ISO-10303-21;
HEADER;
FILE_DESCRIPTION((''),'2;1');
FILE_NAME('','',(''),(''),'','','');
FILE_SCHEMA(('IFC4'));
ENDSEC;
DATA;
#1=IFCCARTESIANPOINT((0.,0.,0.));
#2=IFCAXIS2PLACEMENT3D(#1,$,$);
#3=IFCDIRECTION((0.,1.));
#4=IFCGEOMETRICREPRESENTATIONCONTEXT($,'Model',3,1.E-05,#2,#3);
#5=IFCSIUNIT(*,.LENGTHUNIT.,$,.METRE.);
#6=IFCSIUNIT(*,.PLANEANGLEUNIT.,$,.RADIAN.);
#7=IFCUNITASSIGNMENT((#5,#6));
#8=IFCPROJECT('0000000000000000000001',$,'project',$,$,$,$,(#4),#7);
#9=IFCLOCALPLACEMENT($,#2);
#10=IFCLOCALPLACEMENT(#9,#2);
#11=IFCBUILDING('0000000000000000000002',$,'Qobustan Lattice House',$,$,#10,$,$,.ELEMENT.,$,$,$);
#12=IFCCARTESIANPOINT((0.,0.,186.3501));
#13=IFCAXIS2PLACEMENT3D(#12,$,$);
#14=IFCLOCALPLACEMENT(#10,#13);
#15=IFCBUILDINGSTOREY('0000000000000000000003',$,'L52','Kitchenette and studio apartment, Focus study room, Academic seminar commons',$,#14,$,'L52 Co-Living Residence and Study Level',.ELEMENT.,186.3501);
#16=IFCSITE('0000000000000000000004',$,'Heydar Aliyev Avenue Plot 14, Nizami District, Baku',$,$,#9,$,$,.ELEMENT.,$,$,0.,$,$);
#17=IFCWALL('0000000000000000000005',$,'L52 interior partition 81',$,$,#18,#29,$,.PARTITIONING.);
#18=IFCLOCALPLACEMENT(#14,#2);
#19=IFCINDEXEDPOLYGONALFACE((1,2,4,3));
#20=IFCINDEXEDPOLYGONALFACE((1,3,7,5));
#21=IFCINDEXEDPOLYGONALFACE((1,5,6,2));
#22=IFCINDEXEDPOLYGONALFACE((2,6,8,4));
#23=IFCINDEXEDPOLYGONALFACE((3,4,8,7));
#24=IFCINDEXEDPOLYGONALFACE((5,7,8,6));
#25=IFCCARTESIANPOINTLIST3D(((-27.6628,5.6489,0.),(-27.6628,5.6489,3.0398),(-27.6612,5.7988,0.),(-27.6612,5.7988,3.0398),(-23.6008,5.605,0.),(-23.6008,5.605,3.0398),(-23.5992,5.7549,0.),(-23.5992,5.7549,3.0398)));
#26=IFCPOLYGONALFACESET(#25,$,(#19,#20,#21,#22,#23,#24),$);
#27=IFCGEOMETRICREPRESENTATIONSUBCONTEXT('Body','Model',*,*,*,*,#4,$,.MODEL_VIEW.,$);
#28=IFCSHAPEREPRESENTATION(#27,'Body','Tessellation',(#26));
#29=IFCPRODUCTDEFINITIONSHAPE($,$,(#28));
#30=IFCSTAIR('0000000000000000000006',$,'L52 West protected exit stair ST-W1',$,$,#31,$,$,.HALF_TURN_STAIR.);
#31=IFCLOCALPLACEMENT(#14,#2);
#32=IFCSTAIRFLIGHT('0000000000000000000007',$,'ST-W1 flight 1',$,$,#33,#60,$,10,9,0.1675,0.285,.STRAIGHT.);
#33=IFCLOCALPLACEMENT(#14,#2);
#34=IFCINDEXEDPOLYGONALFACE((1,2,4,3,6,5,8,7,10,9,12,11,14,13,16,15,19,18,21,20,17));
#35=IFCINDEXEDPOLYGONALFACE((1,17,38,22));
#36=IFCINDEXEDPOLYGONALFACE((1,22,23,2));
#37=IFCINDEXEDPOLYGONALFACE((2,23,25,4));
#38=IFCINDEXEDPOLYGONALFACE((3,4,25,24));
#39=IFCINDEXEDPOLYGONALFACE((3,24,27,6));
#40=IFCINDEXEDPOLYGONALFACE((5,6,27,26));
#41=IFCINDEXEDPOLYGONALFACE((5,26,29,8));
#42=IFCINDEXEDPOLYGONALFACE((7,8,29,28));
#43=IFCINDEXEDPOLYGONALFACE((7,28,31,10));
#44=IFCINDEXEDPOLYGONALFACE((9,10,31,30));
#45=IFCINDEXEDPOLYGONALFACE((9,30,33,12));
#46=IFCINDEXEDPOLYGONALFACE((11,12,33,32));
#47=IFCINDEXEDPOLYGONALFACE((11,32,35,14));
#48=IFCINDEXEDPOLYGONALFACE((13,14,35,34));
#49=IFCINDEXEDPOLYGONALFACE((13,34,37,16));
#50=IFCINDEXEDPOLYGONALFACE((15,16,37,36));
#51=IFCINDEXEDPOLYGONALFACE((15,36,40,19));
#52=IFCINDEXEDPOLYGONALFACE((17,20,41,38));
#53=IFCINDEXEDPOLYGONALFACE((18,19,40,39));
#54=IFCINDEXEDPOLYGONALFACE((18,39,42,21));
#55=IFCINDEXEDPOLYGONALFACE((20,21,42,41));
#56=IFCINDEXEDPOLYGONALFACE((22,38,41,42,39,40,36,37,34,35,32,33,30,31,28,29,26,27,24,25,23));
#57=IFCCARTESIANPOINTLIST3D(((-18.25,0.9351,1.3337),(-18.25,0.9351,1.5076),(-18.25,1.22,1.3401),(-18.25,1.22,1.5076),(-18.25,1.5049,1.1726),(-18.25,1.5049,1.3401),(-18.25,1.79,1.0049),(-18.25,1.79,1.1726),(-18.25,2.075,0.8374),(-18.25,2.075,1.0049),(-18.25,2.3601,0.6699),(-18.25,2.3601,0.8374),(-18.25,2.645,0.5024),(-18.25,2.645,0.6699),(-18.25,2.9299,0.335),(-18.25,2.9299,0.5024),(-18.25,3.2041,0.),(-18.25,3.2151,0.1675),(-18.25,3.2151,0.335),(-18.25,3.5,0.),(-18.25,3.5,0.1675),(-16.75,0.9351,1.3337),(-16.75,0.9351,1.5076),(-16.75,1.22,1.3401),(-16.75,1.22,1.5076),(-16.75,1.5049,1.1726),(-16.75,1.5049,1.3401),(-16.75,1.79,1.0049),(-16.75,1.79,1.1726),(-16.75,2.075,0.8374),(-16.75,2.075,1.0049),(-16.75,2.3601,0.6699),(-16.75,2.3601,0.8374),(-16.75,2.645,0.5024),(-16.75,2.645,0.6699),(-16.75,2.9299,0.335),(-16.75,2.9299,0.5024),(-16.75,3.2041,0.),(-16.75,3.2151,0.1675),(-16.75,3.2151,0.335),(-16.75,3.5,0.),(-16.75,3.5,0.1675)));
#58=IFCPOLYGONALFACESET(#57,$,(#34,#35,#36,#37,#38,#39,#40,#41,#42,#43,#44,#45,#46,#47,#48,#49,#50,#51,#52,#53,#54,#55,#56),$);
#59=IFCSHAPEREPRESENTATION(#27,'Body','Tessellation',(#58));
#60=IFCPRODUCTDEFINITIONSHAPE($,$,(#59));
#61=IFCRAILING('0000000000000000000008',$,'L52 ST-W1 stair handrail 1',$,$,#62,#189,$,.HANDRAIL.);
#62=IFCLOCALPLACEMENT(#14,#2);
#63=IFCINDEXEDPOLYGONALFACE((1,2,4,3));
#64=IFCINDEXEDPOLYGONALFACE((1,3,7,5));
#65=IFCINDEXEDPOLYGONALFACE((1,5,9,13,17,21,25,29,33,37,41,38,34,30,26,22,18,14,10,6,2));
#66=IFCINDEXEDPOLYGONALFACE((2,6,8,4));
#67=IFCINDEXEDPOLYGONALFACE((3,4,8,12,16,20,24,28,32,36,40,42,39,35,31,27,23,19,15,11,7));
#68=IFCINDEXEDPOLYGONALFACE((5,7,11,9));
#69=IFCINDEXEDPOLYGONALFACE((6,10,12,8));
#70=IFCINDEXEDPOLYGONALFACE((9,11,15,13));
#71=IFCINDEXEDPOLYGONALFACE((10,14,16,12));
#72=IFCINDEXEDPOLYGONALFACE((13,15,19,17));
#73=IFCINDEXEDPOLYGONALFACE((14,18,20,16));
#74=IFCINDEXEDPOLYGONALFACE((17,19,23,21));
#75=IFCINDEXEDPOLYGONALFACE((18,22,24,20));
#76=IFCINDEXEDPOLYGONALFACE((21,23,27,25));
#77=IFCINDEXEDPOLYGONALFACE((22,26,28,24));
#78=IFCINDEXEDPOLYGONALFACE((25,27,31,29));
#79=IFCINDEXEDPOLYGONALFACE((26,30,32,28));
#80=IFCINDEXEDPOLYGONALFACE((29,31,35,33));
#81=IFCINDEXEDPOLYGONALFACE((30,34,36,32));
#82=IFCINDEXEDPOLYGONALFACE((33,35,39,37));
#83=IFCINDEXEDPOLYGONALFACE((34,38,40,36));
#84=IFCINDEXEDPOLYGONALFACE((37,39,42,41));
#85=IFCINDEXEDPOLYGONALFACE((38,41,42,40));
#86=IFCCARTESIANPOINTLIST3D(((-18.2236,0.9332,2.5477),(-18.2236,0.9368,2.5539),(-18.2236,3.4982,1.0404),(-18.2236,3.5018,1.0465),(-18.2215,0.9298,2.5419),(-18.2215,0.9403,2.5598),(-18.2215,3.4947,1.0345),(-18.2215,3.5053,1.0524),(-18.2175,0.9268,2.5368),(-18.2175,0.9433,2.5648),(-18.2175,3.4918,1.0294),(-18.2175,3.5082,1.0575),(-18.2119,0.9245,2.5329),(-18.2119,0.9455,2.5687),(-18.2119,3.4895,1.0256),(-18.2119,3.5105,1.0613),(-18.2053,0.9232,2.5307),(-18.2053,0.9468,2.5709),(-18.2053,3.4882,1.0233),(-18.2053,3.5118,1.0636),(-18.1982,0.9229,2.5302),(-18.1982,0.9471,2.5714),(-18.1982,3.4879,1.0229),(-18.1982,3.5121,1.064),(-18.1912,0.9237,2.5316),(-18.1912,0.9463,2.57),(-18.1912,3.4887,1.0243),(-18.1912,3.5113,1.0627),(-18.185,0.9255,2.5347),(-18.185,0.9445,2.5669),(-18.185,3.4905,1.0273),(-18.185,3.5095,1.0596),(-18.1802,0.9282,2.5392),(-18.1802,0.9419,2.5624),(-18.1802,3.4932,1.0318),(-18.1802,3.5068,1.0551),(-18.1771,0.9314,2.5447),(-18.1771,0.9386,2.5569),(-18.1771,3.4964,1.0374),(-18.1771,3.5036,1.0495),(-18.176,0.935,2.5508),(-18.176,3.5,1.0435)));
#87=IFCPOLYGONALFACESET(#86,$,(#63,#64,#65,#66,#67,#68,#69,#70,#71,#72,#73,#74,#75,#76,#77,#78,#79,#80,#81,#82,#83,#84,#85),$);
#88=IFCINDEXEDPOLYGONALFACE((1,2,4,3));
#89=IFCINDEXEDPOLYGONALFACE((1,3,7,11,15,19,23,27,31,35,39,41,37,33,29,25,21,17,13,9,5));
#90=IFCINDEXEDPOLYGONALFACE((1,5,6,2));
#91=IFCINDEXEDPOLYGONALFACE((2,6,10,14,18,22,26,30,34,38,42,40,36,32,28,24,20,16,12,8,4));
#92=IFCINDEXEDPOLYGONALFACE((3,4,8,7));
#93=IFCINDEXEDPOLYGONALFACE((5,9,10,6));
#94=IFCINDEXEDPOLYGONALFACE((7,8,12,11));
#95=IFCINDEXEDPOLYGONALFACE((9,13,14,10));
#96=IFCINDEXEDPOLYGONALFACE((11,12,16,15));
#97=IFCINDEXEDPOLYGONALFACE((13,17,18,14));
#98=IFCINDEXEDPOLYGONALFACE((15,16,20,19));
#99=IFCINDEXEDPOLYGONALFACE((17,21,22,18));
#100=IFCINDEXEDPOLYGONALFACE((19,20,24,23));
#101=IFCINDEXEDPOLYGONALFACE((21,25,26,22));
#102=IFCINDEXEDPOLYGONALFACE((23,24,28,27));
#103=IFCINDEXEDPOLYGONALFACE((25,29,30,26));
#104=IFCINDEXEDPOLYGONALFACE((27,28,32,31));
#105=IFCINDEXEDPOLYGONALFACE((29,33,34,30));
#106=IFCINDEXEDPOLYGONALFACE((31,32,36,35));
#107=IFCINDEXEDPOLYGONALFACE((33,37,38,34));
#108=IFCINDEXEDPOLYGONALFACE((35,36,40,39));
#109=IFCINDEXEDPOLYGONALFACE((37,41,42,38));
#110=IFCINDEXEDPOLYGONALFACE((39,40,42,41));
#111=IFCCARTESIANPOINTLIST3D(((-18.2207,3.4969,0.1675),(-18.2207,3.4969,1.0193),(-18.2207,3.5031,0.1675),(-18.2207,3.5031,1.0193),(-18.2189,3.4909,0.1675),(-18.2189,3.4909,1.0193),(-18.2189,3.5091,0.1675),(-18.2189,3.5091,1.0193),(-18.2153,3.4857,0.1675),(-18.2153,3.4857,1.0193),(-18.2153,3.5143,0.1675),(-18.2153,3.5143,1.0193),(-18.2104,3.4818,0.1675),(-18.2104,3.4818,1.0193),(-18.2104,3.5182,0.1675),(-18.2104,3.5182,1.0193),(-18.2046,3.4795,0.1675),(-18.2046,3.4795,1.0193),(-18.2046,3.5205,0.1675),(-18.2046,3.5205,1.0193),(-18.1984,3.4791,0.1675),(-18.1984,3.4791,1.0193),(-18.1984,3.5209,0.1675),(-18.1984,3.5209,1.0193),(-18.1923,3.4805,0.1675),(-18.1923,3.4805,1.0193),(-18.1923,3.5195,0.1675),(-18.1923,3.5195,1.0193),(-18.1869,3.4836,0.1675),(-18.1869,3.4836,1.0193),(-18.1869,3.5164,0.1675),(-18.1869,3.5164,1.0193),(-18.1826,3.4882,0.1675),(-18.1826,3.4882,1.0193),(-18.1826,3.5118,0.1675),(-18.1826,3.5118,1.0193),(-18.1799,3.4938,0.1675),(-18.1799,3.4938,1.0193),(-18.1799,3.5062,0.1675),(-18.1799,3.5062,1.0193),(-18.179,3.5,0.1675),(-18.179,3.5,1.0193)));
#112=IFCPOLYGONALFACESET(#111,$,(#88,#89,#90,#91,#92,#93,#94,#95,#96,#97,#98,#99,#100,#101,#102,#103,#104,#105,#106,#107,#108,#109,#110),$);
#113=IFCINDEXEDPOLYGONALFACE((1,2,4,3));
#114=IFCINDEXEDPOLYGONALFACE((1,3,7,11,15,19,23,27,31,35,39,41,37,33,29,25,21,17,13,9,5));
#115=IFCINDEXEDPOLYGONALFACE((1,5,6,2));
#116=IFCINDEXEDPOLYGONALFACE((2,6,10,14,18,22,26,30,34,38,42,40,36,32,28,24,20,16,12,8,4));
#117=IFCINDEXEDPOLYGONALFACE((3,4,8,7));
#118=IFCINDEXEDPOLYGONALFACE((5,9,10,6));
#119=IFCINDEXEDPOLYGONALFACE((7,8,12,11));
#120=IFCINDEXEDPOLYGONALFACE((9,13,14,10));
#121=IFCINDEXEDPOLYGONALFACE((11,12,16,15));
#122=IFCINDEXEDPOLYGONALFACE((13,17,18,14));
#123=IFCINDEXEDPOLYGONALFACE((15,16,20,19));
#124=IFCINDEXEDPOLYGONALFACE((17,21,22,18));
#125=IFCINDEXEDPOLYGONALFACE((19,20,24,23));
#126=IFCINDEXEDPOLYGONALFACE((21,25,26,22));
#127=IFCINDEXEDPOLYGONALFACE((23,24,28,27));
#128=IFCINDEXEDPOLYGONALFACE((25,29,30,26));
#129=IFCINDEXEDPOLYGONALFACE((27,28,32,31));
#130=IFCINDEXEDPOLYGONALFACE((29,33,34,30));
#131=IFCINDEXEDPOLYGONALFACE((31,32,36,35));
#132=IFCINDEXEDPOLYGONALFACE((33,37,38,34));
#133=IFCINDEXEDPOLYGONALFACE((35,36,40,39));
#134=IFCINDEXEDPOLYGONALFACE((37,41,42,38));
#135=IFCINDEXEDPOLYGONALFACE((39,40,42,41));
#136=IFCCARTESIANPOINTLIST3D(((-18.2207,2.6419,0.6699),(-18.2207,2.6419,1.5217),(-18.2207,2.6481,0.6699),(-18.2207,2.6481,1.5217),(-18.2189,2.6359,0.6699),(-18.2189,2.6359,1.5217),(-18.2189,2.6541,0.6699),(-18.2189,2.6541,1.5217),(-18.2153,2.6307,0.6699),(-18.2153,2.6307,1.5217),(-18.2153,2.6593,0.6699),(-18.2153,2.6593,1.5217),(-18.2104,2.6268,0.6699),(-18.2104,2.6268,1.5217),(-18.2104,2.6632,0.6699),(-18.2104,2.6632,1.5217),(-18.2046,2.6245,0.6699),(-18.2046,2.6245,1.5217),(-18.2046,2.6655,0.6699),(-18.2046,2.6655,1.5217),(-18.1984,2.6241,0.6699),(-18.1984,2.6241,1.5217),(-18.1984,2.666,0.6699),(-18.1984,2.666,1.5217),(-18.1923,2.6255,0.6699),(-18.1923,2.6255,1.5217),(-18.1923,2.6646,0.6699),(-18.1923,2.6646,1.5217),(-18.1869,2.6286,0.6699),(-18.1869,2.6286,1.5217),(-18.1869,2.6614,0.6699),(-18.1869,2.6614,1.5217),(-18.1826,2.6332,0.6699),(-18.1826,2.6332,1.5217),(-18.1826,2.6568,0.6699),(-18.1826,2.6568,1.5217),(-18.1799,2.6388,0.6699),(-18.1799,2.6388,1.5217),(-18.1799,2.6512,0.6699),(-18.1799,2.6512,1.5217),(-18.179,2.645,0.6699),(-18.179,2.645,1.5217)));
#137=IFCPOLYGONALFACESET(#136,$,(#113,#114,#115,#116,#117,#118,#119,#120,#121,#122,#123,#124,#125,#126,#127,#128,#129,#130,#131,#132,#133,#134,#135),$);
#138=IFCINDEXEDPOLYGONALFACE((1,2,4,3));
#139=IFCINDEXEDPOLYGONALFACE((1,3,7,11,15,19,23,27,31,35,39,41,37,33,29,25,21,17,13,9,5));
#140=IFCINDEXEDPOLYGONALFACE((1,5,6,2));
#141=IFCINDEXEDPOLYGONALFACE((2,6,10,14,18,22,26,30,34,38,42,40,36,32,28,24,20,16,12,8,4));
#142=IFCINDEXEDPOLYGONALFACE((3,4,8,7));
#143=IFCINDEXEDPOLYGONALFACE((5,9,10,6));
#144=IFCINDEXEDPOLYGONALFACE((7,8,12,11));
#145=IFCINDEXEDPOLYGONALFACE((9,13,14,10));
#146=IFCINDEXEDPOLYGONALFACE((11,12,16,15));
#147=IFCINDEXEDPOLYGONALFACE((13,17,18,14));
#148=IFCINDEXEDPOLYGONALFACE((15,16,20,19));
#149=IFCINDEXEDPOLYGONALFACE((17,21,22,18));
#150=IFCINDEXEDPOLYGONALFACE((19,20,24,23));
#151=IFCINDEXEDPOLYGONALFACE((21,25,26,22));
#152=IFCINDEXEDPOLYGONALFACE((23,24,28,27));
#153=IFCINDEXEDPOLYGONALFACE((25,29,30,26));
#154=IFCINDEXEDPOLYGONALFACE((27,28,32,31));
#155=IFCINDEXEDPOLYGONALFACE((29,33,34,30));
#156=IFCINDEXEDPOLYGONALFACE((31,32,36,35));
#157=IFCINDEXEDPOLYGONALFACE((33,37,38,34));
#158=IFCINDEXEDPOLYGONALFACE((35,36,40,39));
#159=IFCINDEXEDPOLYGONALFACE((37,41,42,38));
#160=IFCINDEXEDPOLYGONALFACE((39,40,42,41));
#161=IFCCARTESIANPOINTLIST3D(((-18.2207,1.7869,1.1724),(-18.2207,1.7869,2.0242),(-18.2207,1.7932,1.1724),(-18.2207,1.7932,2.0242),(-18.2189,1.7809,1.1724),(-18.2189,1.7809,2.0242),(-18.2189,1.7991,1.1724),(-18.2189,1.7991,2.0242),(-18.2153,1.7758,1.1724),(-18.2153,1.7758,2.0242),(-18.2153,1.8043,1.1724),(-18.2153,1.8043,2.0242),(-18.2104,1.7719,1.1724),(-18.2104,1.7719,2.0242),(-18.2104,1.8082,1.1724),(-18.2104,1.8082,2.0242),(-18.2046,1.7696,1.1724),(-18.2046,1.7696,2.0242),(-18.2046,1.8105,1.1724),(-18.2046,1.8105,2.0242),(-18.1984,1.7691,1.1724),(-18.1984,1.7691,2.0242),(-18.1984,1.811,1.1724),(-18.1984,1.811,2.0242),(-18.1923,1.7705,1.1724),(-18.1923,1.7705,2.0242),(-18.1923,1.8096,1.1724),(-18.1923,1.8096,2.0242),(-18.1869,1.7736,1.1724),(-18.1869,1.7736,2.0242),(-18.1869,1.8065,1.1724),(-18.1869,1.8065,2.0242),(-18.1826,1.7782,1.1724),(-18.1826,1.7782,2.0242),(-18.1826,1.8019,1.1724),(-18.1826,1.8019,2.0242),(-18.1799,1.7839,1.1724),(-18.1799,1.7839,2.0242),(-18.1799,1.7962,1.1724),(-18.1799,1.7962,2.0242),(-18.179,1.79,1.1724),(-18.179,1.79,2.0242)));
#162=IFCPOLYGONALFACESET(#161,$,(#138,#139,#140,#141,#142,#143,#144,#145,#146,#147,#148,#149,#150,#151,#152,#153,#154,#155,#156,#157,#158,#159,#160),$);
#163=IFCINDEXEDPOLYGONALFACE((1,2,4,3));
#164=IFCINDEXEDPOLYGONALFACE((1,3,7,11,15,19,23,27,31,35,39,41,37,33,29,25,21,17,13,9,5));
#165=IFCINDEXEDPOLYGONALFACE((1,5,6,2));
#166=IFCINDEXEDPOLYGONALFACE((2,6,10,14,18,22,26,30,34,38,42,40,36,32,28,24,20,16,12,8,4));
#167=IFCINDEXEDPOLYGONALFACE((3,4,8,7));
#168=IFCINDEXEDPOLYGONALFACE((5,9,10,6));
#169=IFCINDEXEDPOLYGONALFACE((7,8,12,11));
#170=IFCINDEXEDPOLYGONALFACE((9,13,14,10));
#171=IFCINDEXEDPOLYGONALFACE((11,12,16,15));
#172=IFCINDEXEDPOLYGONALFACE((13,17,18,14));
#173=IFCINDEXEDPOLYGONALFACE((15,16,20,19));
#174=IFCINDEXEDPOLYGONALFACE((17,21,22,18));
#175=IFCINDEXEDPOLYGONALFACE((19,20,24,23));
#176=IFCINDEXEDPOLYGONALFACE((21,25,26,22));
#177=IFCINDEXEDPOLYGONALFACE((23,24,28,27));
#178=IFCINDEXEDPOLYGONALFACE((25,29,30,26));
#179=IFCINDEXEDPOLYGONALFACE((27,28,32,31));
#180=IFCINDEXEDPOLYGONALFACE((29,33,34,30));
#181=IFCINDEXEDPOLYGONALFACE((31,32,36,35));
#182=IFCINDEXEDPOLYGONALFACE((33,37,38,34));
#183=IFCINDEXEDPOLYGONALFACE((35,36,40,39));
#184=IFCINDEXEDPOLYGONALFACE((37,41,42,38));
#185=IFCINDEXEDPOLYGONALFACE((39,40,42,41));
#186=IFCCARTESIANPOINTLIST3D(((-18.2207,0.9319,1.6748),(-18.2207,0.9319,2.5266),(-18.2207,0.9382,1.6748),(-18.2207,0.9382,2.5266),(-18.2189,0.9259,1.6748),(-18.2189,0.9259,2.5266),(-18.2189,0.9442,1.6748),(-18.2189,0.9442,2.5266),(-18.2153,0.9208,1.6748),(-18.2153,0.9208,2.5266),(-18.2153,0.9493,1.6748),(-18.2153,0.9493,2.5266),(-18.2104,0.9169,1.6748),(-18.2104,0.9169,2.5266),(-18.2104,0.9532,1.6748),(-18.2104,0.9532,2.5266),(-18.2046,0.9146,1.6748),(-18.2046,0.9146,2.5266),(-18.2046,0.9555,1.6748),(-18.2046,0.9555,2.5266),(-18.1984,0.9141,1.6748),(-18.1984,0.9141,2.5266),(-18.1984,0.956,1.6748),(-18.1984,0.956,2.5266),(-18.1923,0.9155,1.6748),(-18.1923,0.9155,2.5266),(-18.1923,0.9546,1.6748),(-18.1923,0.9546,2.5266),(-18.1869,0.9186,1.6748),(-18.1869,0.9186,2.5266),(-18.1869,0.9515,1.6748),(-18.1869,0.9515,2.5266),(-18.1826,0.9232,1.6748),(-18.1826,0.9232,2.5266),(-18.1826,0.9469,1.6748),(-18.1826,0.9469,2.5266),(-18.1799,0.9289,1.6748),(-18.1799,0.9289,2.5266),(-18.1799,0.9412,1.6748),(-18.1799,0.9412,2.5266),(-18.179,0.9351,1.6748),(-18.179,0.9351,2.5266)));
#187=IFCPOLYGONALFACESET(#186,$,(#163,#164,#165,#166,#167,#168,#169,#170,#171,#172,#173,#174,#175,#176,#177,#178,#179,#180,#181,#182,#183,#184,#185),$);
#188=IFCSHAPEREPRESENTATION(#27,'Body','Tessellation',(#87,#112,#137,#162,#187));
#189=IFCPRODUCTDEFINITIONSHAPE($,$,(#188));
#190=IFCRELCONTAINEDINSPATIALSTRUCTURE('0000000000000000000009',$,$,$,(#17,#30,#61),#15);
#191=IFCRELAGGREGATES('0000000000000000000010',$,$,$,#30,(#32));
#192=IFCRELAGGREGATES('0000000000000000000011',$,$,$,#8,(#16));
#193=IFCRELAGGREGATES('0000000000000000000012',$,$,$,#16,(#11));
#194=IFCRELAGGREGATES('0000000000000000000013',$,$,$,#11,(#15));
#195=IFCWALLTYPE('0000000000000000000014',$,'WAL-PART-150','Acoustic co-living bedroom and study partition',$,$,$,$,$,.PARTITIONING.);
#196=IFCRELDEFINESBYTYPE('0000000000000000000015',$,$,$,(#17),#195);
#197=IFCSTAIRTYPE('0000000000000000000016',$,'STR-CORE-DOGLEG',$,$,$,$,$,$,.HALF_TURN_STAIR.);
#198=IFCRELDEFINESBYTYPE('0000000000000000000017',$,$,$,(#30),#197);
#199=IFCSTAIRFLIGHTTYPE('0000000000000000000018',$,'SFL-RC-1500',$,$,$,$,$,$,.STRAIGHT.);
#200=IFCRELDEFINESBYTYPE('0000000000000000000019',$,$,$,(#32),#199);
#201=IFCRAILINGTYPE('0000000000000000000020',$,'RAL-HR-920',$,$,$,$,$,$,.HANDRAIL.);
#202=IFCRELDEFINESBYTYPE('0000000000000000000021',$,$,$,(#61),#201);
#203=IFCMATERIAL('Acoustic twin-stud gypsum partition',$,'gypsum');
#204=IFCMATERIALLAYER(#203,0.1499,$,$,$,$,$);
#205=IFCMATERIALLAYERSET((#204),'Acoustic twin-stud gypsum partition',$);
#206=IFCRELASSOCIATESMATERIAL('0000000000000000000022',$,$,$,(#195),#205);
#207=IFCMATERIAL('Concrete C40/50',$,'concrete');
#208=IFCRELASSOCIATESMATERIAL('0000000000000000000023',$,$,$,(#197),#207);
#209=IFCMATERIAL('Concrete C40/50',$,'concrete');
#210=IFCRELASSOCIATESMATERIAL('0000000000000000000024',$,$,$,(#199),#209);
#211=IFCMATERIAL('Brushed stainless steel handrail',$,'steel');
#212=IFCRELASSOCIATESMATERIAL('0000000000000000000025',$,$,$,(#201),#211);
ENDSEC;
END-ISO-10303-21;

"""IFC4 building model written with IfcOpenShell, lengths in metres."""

from ifc_helpers import new_model, si_unit, direction, frame, frame_2d, origin, origin_2d, place, context, subcontext, project, spatial, polyline, rectangle, circle, outline, extrude, material, layer, layer_set, type_object, element, aggregate, save


model = new_model("IFC4")

# Units and contexts
model_context = context("Model", 3, precision=1e-05, world=origin(), true_north=direction((0.0, 1.0)))
body_context = subcontext(model_context, "Body", "Model", "MODEL_VIEW")
ifc_project = project(units=[si_unit("LENGTHUNIT", "METRE"), si_unit("PLANEANGLEUNIT", "RADIAN")], contexts=[model_context])

# Site, building, storey
site_placement = place(None, origin())
site = spatial("IfcSite", under=ifc_project, at=site_placement, Name="Heydar Aliyev Avenue Plot 14, Nizami District, Baku", CompositionType="ELEMENT", RefElevation=0.0)
building_placement = place(site_placement, origin())
building = spatial("IfcBuilding", under=site, at=building_placement, Name="Qobustan Lattice House", CompositionType="ELEMENT")
storey_placement = place(building_placement, frame((0.0, 0.0, 186.3501)))
storey = spatial("IfcBuildingStorey", under=building, at=storey_placement, Name="L52", Description="Kitchenette and studio apartment, Focus study room, Academic seminar commons", LongName="L52 Co-Living Residence and Study Level", CompositionType="ELEMENT", Elevation=186.3501)

# Shared definitions
ifc_material_1 = material(Name="Acoustic twin-stud gypsum partition", Category="gypsum")
ifc_layer_1 = layer(ifc_material_1, 0.1499)
ifc_layer_set_1 = layer_set([ifc_layer_1], Name="Acoustic twin-stud gypsum partition")
wall_type_1 = type_object("IfcWallType", Name="WAL-PART-150", Description="Acoustic co-living bedroom and study partition", PredefinedType="PARTITIONING", material=ifc_layer_set_1)

# Wall
wall_1_placement = place(storey_placement, frame((-27.6621, 5.7239, 0.0), z_axis=(0.0, 0.0, 1.0), x_axis=(0.999941, -0.010818, 0.0)))
element("IfcWall", 1, at=wall_1_placement, inside=storey, type_object=wall_type_1, Name="L52 interior partition 81", PredefinedType="PARTITIONING", context=body_context, shape_type="SweptSolid", body=[
    extrude(rectangle(XDim=4.0623, YDim=0.1499, at=frame_2d((2.0312, 0.0))), origin(), (0.0, 0.0, 1.0), 3.0398),
])

# Stair, stair flight
ifc_material_2 = material(Name="Concrete C40/50", Category="concrete")
stair_type = type_object("IfcStairType", Name="STR-CORE-DOGLEG", PredefinedType="HALF_TURN_STAIR", material=ifc_material_2)
stair_placement = place(storey_placement, origin())
stair = element("IfcStair", 2, at=stair_placement, inside=storey, type_object=stair_type, Name="L52 West protected exit stair ST-W1", PredefinedType="HALF_TURN_STAIR")
ifc_material_3 = material(Name="Concrete C40/50", Category="concrete")
stair_flight_type = type_object("IfcStairFlightType", Name="SFL-RC-1500", PredefinedType="STRAIGHT", material=ifc_material_3)
stair_flight_placement = place(storey_placement, frame((-17.5, 3.5, 0.0), z_axis=(0.0, 0.0, 1.0), x_axis=(0.0, -1.0, 0.0)))
stair_flight = element("IfcStairFlight", 3, at=stair_flight_placement, type_object=stair_flight_type, Name="ST-W1 flight 1", NumberOfRisers=10, NumberOfTreads=9, PredefinedType="STRAIGHT", RiserHeight=0.1675, TreadLength=0.285, context=body_context, shape_type="SweptSolid", body=[
    extrude(outline(polyline([(0.0, 0.0), (0.0, 0.1675), (0.2849, 0.1675), (0.2849, 0.335), (0.5701, 0.335), (0.5701, 0.5024), (0.855, 0.5024), (0.855, 0.6699), (1.1399, 0.6699), (1.1399, 0.8374), (1.425, 0.8374), (1.425, 1.0049), (1.71, 1.0049), (1.71, 1.1726), (1.9951, 1.1726), (1.9951, 1.3401), (2.28, 1.3401), (2.28, 1.5076), (2.5649, 1.5076), (2.5649, 1.675), (2.5649, 1.3337), (0.2959, 0.0), (0.0, 0.0)])), frame((0.0, 0.75, 0.0), z_axis=(0.0, -1.0, 0.0), x_axis=(1.0, 0.0, 0.0)), (0.0, 0.0, 1.0), 1.5),
])
aggregate(stair, [stair_flight])

# Railing
ifc_material_4 = material(Name="Brushed stainless steel handrail", Category="steel")
railing_type = type_object("IfcRailingType", Name="RAL-HR-920", PredefinedType="HANDRAIL", material=ifc_material_4)
railing_placement = place(storey_placement, frame((-18.2, 3.5, 0.1675)))
element("IfcRailing", 4, at=railing_placement, inside=storey, type_object=railing_type, Name="L52 ST-W1 stair handrail 1", PredefinedType="HANDRAIL", context=body_context, shape_type="SweptSolid", body=[
    extrude(circle(Radius=0.0239, at=origin_2d()), frame((0.0, 0.0, 0.876), z_axis=(0.0, -0.862149, 0.506654), x_axis=(1.0, 0.0, 0.0)), (0.0, 0.0, 1.0), 2.9751),
    extrude(circle(Radius=0.021, at=origin_2d()), origin(), (0.0, 0.0, 1.0), 0.8518),
    extrude(circle(Radius=0.021, at=origin_2d()), frame((0.0, -0.855, 0.5024)), (0.0, 0.0, 1.0), 0.8518),
    extrude(circle(Radius=0.021, at=origin_2d()), frame((0.0, -1.71, 1.0049)), (0.0, 0.0, 1.0), 0.8518),
    extrude(circle(Radius=0.021, at=origin_2d()), frame((0.0, -2.5649, 1.5073)), (0.0, 0.0, 1.0), 0.8518),
])

save(model, "model.ifc")
